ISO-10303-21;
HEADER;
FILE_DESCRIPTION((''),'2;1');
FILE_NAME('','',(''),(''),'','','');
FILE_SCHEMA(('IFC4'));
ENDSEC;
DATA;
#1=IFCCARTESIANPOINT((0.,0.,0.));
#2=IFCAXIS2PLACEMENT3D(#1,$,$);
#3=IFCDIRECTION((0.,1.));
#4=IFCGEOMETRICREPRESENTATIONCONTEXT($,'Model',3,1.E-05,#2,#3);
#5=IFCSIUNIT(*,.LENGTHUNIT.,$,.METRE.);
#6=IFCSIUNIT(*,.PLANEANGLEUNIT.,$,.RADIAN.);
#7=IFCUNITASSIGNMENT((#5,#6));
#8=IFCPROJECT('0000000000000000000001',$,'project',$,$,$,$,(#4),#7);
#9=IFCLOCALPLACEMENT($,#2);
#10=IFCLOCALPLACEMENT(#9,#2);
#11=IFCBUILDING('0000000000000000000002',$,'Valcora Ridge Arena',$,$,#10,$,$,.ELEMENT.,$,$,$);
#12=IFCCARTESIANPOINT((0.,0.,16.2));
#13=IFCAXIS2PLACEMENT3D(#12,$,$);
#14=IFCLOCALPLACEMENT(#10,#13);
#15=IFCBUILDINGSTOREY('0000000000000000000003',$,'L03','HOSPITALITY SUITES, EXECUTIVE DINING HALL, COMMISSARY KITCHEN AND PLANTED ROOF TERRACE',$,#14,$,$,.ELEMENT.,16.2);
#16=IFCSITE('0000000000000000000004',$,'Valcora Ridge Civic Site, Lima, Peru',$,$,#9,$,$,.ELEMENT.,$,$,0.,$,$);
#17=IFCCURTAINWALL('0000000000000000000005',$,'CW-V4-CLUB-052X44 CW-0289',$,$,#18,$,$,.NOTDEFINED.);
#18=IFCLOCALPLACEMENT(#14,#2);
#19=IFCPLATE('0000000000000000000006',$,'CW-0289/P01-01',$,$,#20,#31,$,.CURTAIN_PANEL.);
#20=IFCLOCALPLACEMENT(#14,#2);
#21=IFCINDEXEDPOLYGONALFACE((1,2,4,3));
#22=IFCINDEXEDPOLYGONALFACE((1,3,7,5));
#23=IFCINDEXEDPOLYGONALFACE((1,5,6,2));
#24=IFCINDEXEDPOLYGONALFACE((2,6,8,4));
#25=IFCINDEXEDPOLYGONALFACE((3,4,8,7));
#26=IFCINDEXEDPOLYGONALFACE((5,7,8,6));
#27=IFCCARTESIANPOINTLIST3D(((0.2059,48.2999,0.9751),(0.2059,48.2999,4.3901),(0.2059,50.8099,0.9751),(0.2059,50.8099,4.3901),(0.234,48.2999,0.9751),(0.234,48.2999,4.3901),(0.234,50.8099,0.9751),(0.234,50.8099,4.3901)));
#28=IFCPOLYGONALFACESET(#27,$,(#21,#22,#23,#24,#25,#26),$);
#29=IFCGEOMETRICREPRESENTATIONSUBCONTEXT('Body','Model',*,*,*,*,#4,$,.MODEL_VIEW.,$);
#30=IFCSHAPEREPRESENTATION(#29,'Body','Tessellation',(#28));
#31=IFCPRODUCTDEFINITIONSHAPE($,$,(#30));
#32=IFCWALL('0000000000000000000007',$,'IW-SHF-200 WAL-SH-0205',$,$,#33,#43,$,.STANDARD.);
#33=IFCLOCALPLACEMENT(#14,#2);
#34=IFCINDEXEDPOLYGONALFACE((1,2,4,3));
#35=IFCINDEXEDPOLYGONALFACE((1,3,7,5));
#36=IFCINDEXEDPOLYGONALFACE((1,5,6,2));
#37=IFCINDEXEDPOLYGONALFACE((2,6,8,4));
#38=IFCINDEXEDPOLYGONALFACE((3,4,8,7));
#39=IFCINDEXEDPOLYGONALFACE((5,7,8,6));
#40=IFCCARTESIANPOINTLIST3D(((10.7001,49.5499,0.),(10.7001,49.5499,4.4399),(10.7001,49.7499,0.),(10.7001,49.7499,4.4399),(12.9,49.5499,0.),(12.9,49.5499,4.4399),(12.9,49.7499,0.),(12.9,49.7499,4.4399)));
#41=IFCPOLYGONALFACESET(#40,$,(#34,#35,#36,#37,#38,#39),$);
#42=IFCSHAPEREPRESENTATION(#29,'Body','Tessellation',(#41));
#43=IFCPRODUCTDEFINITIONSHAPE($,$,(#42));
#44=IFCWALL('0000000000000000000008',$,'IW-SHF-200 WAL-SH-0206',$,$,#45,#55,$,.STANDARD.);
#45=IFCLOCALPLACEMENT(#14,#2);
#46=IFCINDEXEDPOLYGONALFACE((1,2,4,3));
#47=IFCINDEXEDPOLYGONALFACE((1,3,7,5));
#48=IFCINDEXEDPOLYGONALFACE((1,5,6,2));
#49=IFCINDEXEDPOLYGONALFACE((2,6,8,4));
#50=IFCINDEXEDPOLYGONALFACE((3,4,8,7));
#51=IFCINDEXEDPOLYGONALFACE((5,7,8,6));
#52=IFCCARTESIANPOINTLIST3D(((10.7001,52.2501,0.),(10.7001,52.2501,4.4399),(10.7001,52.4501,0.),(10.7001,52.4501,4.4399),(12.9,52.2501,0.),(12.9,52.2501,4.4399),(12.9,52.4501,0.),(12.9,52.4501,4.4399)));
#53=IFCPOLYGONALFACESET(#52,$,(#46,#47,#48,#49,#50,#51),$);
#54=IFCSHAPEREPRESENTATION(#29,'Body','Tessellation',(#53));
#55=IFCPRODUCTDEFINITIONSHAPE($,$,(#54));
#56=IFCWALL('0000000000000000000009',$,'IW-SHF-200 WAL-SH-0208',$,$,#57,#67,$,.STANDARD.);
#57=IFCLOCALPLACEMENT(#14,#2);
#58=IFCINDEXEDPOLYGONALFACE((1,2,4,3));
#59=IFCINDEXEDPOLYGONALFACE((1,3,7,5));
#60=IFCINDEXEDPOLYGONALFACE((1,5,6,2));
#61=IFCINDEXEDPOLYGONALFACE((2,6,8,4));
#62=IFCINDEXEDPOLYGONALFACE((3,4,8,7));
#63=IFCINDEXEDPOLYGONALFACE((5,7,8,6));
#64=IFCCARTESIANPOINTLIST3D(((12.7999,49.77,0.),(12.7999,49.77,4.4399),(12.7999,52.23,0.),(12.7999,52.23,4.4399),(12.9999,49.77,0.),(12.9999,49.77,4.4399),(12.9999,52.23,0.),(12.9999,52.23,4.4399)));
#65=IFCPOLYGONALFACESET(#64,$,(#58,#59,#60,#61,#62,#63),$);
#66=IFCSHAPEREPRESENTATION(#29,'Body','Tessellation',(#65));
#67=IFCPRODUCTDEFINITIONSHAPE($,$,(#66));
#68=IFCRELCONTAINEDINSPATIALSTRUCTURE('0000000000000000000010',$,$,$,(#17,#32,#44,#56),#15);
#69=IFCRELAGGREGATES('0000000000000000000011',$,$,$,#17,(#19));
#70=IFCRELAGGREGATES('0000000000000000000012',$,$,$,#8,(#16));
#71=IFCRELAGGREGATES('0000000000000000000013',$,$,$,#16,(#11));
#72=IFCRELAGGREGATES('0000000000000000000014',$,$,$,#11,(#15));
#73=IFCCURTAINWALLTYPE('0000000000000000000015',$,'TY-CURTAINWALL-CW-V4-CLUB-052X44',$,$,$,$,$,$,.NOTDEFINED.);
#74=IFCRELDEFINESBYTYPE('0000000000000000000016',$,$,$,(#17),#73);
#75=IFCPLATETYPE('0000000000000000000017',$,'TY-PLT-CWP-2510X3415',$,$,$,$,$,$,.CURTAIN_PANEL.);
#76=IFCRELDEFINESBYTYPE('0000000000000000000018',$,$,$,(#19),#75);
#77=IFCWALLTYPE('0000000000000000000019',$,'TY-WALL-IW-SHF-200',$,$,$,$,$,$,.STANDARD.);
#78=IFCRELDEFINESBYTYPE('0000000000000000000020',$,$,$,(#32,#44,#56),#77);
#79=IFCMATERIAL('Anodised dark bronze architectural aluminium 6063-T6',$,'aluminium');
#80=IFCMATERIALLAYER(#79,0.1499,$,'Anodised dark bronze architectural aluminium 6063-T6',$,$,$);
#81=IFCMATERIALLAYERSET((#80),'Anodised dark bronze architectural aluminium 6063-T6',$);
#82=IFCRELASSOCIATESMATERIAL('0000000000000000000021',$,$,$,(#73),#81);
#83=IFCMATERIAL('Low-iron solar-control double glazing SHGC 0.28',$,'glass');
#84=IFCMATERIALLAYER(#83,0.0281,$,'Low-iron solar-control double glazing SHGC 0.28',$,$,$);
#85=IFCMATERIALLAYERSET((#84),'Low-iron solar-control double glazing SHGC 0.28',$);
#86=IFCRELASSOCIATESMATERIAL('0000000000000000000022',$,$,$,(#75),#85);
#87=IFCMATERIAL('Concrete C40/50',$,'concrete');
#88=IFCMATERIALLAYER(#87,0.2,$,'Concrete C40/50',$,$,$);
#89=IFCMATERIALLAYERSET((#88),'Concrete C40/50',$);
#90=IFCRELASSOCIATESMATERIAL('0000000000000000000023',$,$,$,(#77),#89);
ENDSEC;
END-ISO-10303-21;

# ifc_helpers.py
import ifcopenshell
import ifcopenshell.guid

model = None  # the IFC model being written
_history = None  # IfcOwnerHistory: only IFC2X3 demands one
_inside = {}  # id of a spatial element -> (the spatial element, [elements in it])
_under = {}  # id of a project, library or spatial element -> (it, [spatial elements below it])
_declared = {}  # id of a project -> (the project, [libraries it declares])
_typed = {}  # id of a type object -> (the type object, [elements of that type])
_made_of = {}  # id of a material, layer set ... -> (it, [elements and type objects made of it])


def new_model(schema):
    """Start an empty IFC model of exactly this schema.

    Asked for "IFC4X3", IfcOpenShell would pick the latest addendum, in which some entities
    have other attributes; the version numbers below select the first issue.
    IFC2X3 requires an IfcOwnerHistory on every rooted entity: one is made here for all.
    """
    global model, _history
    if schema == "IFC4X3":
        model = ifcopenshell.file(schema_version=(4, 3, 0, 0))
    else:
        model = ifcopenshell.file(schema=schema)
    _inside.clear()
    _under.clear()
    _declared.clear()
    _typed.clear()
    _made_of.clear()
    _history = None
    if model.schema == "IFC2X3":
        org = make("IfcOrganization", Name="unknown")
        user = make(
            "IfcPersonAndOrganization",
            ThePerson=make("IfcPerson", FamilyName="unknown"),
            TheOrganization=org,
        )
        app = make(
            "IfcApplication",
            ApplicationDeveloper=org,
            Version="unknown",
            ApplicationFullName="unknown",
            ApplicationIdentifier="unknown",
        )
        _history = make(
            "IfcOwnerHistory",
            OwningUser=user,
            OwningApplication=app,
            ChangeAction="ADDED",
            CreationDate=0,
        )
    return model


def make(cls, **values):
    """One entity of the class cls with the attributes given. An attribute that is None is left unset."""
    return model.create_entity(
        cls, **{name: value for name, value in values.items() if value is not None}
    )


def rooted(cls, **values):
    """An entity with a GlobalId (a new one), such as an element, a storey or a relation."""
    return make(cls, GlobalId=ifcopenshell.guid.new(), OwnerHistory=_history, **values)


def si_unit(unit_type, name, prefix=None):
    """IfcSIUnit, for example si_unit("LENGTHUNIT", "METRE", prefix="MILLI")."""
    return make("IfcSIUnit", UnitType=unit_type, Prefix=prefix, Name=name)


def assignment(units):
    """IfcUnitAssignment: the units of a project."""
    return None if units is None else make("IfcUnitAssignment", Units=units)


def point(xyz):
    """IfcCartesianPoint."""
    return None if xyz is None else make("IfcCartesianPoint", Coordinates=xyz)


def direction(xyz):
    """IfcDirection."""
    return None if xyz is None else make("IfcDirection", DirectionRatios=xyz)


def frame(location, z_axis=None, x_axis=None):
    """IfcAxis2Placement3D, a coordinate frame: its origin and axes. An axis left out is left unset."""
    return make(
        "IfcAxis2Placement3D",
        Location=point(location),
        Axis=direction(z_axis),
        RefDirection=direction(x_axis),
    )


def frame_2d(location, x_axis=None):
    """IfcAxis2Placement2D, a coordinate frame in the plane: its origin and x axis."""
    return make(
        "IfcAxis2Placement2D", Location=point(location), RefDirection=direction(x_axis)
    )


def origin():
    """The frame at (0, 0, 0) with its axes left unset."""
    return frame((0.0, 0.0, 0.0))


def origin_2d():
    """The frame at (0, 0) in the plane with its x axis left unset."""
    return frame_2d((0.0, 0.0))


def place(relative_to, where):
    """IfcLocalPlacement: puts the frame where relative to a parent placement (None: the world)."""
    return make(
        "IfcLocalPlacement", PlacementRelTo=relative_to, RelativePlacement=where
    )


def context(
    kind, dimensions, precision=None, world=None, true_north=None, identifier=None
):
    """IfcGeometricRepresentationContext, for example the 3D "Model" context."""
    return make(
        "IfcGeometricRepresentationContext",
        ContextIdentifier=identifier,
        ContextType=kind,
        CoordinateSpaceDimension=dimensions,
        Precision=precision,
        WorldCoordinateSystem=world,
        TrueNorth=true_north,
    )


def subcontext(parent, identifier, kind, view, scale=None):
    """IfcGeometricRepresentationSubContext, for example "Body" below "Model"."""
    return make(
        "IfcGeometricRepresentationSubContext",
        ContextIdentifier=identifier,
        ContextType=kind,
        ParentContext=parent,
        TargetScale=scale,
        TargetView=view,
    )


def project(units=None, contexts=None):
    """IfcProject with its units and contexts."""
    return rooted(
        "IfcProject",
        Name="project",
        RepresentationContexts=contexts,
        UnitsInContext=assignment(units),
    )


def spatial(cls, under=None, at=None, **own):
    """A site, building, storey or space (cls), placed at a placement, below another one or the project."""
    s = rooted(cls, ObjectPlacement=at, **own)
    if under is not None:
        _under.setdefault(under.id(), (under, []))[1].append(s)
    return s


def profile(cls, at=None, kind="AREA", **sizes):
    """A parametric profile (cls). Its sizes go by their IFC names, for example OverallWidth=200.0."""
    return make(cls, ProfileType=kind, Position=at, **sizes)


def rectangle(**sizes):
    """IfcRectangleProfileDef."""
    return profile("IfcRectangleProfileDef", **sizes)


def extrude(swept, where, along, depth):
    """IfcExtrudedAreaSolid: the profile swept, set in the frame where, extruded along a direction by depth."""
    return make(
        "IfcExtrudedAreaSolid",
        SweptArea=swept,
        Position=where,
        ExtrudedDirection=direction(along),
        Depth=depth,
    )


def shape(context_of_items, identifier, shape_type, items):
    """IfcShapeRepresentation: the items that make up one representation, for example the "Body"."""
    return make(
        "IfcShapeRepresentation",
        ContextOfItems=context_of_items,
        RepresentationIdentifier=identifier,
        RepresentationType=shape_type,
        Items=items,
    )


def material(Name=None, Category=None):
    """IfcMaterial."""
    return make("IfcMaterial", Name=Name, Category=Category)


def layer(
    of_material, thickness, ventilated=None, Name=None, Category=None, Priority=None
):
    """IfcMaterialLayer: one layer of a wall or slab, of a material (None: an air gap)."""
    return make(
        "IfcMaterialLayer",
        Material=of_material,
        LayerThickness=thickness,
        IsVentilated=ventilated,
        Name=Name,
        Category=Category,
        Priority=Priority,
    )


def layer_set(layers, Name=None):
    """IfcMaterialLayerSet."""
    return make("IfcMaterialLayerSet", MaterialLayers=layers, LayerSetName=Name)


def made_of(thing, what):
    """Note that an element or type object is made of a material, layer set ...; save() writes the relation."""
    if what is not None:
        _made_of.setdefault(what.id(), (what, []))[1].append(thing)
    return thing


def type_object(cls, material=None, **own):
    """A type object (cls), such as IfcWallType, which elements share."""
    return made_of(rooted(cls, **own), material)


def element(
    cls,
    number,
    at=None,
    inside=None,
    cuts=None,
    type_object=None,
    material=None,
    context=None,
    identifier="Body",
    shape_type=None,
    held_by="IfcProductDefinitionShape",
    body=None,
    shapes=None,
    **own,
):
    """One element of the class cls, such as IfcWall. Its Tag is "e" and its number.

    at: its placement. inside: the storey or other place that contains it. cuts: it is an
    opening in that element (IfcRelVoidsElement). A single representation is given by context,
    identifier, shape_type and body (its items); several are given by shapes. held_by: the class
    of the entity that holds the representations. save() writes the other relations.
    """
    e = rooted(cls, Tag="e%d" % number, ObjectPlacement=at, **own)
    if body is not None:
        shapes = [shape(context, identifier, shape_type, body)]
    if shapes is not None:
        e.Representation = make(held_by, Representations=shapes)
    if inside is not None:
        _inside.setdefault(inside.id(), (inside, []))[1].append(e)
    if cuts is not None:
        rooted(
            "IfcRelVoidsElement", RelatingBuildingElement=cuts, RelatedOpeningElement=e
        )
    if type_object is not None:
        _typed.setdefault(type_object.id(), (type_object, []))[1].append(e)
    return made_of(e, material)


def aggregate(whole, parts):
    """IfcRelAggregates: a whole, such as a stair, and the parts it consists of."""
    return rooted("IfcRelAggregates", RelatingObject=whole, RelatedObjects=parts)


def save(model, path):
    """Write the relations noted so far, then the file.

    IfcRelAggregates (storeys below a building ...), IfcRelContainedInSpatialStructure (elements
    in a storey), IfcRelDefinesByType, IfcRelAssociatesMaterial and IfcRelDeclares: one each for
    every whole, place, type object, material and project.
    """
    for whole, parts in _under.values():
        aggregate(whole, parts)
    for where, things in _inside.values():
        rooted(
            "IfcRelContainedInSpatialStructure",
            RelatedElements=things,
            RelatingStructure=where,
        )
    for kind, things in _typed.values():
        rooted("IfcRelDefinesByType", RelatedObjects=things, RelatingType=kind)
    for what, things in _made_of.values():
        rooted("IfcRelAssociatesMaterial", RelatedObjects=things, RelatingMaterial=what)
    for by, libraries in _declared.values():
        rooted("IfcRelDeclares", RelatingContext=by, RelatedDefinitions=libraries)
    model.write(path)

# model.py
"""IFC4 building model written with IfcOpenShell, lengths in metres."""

from ifc_helpers import new_model, si_unit, direction, frame, frame_2d, origin, origin_2d, place, context, subcontext, project, spatial, rectangle, extrude, material, layer, layer_set, type_object, element, aggregate, save


model = new_model("IFC4")

# Units and contexts
model_context = context("Model", 3, precision=1e-05, world=origin(), true_north=direction((0.0, 1.0)))
body_context = subcontext(model_context, "Body", "Model", "MODEL_VIEW")
ifc_project = project(units=[si_unit("LENGTHUNIT", "METRE"), si_unit("PLANEANGLEUNIT", "RADIAN")], contexts=[model_context])

# Site, building, storey
site_placement = place(None, origin())
site = spatial("IfcSite", under=ifc_project, at=site_placement, Name="Valcora Ridge Civic Site, Lima, Peru", CompositionType="ELEMENT", RefElevation=0.0)
building_placement = place(site_placement, origin())
building = spatial("IfcBuilding", under=site, at=building_placement, Name="Valcora Ridge Arena", CompositionType="ELEMENT")
storey_placement = place(building_placement, frame((0.0, 0.0, 16.2)))
storey = spatial("IfcBuildingStorey", under=building, at=storey_placement, Name="L03", Description="HOSPITALITY SUITES, EXECUTIVE DINING HALL, COMMISSARY KITCHEN AND PLANTED ROOF TERRACE", CompositionType="ELEMENT", Elevation=16.2)

# Curtain wall
ifc_material_1 = material(Name="Anodised dark bronze architectural aluminium 6063-T6", Category="aluminium")
ifc_layer_1 = layer(ifc_material_1, 0.1499, Name="Anodised dark bronze architectural aluminium 6063-T6")
ifc_layer_set_1 = layer_set([ifc_layer_1], Name="Anodised dark bronze architectural aluminium 6063-T6")
curtain_wall_type_1 = type_object("IfcCurtainWallType", Name="TY-CURTAINWALL-CW-V4-CLUB-052X44", PredefinedType="NOTDEFINED", material=ifc_layer_set_1)
curtain_wall_1_placement = place(storey_placement, origin())
curtain_wall_1 = element("IfcCurtainWall", 1, at=curtain_wall_1_placement, inside=storey, type_object=curtain_wall_type_1, Name="CW-V4-CLUB-052X44 CW-0289", PredefinedType="NOTDEFINED")

# Plate
ifc_material_2 = material(Name="Low-iron solar-control double glazing SHGC 0.28", Category="glass")
ifc_layer_2 = layer(ifc_material_2, 0.0281, Name="Low-iron solar-control double glazing SHGC 0.28")
ifc_layer_set_2 = layer_set([ifc_layer_2], Name="Low-iron solar-control double glazing SHGC 0.28")
plate_type_1 = type_object("IfcPlateType", Name="TY-PLT-CWP-2510X3415", PredefinedType="CURTAIN_PANEL", material=ifc_layer_set_2)
plate_1_placement = place(storey_placement, frame((0.22, 49.5549, 0.9751), z_axis=(0.0, 0.0, 1.0), x_axis=(0.0, 1.0, 0.0)))
plate_1 = element("IfcPlate", 2, at=plate_1_placement, type_object=plate_type_1, Name="CW-0289/P01-01", PredefinedType="CURTAIN_PANEL", context=body_context, shape_type="SweptSolid", body=[
    extrude(rectangle(XDim=2.51, YDim=0.0281, at=origin_2d()), origin(), (0.0, 0.0, 1.0), 3.415),
])
aggregate(curtain_wall_1, [plate_1])

# Walls
ifc_material_3 = material(Name="Concrete C40/50", Category="concrete")
ifc_layer_3 = layer(ifc_material_3, 0.2, Name="Concrete C40/50")
ifc_layer_set_3 = layer_set([ifc_layer_3], Name="Concrete C40/50")
wall_type = type_object("IfcWallType", Name="TY-WALL-IW-SHF-200", PredefinedType="STANDARD", material=ifc_layer_set_3)
for number, where, z_axis, x_axis, name in (
    (3, (10.7, 49.6499, 0.0), (0.0, 0.0, 1.0), (1.0, 0.0, 0.0), "IW-SHF-200 WAL-SH-0205"),
    (4, (10.7, 52.3501, 0.0), (0.0, 0.0, 1.0), (1.0, 0.0, 0.0), "IW-SHF-200 WAL-SH-0206"),
):
    element("IfcWall", number, at=place(storey_placement, frame(where, z_axis=z_axis, x_axis=x_axis)), inside=storey, type_object=wall_type, Name=name, PredefinedType="STANDARD", context=body_context, shape_type="SweptSolid", body=[
        extrude(rectangle(XDim=2.2, YDim=0.2, at=frame_2d((1.1001, 0.0))), origin(), (0.0, 0.0, 1.0), 4.4399),
    ])

# Wall
wall_1_placement = place(storey_placement, frame((12.8999, 49.77, 0.0), z_axis=(0.0, 0.0, 1.0), x_axis=(0.0, 1.0, 0.0)))
element("IfcWall", 5, at=wall_1_placement, inside=storey, type_object=wall_type, Name="IW-SHF-200 WAL-SH-0208", PredefinedType="STANDARD", context=body_context, shape_type="SweptSolid", body=[
    extrude(rectangle(XDim=2.46, YDim=0.2, at=frame_2d((1.23, 0.0))), origin(), (0.0, 0.0, 1.0), 4.4399),
])

save(model, "model.ifc")
